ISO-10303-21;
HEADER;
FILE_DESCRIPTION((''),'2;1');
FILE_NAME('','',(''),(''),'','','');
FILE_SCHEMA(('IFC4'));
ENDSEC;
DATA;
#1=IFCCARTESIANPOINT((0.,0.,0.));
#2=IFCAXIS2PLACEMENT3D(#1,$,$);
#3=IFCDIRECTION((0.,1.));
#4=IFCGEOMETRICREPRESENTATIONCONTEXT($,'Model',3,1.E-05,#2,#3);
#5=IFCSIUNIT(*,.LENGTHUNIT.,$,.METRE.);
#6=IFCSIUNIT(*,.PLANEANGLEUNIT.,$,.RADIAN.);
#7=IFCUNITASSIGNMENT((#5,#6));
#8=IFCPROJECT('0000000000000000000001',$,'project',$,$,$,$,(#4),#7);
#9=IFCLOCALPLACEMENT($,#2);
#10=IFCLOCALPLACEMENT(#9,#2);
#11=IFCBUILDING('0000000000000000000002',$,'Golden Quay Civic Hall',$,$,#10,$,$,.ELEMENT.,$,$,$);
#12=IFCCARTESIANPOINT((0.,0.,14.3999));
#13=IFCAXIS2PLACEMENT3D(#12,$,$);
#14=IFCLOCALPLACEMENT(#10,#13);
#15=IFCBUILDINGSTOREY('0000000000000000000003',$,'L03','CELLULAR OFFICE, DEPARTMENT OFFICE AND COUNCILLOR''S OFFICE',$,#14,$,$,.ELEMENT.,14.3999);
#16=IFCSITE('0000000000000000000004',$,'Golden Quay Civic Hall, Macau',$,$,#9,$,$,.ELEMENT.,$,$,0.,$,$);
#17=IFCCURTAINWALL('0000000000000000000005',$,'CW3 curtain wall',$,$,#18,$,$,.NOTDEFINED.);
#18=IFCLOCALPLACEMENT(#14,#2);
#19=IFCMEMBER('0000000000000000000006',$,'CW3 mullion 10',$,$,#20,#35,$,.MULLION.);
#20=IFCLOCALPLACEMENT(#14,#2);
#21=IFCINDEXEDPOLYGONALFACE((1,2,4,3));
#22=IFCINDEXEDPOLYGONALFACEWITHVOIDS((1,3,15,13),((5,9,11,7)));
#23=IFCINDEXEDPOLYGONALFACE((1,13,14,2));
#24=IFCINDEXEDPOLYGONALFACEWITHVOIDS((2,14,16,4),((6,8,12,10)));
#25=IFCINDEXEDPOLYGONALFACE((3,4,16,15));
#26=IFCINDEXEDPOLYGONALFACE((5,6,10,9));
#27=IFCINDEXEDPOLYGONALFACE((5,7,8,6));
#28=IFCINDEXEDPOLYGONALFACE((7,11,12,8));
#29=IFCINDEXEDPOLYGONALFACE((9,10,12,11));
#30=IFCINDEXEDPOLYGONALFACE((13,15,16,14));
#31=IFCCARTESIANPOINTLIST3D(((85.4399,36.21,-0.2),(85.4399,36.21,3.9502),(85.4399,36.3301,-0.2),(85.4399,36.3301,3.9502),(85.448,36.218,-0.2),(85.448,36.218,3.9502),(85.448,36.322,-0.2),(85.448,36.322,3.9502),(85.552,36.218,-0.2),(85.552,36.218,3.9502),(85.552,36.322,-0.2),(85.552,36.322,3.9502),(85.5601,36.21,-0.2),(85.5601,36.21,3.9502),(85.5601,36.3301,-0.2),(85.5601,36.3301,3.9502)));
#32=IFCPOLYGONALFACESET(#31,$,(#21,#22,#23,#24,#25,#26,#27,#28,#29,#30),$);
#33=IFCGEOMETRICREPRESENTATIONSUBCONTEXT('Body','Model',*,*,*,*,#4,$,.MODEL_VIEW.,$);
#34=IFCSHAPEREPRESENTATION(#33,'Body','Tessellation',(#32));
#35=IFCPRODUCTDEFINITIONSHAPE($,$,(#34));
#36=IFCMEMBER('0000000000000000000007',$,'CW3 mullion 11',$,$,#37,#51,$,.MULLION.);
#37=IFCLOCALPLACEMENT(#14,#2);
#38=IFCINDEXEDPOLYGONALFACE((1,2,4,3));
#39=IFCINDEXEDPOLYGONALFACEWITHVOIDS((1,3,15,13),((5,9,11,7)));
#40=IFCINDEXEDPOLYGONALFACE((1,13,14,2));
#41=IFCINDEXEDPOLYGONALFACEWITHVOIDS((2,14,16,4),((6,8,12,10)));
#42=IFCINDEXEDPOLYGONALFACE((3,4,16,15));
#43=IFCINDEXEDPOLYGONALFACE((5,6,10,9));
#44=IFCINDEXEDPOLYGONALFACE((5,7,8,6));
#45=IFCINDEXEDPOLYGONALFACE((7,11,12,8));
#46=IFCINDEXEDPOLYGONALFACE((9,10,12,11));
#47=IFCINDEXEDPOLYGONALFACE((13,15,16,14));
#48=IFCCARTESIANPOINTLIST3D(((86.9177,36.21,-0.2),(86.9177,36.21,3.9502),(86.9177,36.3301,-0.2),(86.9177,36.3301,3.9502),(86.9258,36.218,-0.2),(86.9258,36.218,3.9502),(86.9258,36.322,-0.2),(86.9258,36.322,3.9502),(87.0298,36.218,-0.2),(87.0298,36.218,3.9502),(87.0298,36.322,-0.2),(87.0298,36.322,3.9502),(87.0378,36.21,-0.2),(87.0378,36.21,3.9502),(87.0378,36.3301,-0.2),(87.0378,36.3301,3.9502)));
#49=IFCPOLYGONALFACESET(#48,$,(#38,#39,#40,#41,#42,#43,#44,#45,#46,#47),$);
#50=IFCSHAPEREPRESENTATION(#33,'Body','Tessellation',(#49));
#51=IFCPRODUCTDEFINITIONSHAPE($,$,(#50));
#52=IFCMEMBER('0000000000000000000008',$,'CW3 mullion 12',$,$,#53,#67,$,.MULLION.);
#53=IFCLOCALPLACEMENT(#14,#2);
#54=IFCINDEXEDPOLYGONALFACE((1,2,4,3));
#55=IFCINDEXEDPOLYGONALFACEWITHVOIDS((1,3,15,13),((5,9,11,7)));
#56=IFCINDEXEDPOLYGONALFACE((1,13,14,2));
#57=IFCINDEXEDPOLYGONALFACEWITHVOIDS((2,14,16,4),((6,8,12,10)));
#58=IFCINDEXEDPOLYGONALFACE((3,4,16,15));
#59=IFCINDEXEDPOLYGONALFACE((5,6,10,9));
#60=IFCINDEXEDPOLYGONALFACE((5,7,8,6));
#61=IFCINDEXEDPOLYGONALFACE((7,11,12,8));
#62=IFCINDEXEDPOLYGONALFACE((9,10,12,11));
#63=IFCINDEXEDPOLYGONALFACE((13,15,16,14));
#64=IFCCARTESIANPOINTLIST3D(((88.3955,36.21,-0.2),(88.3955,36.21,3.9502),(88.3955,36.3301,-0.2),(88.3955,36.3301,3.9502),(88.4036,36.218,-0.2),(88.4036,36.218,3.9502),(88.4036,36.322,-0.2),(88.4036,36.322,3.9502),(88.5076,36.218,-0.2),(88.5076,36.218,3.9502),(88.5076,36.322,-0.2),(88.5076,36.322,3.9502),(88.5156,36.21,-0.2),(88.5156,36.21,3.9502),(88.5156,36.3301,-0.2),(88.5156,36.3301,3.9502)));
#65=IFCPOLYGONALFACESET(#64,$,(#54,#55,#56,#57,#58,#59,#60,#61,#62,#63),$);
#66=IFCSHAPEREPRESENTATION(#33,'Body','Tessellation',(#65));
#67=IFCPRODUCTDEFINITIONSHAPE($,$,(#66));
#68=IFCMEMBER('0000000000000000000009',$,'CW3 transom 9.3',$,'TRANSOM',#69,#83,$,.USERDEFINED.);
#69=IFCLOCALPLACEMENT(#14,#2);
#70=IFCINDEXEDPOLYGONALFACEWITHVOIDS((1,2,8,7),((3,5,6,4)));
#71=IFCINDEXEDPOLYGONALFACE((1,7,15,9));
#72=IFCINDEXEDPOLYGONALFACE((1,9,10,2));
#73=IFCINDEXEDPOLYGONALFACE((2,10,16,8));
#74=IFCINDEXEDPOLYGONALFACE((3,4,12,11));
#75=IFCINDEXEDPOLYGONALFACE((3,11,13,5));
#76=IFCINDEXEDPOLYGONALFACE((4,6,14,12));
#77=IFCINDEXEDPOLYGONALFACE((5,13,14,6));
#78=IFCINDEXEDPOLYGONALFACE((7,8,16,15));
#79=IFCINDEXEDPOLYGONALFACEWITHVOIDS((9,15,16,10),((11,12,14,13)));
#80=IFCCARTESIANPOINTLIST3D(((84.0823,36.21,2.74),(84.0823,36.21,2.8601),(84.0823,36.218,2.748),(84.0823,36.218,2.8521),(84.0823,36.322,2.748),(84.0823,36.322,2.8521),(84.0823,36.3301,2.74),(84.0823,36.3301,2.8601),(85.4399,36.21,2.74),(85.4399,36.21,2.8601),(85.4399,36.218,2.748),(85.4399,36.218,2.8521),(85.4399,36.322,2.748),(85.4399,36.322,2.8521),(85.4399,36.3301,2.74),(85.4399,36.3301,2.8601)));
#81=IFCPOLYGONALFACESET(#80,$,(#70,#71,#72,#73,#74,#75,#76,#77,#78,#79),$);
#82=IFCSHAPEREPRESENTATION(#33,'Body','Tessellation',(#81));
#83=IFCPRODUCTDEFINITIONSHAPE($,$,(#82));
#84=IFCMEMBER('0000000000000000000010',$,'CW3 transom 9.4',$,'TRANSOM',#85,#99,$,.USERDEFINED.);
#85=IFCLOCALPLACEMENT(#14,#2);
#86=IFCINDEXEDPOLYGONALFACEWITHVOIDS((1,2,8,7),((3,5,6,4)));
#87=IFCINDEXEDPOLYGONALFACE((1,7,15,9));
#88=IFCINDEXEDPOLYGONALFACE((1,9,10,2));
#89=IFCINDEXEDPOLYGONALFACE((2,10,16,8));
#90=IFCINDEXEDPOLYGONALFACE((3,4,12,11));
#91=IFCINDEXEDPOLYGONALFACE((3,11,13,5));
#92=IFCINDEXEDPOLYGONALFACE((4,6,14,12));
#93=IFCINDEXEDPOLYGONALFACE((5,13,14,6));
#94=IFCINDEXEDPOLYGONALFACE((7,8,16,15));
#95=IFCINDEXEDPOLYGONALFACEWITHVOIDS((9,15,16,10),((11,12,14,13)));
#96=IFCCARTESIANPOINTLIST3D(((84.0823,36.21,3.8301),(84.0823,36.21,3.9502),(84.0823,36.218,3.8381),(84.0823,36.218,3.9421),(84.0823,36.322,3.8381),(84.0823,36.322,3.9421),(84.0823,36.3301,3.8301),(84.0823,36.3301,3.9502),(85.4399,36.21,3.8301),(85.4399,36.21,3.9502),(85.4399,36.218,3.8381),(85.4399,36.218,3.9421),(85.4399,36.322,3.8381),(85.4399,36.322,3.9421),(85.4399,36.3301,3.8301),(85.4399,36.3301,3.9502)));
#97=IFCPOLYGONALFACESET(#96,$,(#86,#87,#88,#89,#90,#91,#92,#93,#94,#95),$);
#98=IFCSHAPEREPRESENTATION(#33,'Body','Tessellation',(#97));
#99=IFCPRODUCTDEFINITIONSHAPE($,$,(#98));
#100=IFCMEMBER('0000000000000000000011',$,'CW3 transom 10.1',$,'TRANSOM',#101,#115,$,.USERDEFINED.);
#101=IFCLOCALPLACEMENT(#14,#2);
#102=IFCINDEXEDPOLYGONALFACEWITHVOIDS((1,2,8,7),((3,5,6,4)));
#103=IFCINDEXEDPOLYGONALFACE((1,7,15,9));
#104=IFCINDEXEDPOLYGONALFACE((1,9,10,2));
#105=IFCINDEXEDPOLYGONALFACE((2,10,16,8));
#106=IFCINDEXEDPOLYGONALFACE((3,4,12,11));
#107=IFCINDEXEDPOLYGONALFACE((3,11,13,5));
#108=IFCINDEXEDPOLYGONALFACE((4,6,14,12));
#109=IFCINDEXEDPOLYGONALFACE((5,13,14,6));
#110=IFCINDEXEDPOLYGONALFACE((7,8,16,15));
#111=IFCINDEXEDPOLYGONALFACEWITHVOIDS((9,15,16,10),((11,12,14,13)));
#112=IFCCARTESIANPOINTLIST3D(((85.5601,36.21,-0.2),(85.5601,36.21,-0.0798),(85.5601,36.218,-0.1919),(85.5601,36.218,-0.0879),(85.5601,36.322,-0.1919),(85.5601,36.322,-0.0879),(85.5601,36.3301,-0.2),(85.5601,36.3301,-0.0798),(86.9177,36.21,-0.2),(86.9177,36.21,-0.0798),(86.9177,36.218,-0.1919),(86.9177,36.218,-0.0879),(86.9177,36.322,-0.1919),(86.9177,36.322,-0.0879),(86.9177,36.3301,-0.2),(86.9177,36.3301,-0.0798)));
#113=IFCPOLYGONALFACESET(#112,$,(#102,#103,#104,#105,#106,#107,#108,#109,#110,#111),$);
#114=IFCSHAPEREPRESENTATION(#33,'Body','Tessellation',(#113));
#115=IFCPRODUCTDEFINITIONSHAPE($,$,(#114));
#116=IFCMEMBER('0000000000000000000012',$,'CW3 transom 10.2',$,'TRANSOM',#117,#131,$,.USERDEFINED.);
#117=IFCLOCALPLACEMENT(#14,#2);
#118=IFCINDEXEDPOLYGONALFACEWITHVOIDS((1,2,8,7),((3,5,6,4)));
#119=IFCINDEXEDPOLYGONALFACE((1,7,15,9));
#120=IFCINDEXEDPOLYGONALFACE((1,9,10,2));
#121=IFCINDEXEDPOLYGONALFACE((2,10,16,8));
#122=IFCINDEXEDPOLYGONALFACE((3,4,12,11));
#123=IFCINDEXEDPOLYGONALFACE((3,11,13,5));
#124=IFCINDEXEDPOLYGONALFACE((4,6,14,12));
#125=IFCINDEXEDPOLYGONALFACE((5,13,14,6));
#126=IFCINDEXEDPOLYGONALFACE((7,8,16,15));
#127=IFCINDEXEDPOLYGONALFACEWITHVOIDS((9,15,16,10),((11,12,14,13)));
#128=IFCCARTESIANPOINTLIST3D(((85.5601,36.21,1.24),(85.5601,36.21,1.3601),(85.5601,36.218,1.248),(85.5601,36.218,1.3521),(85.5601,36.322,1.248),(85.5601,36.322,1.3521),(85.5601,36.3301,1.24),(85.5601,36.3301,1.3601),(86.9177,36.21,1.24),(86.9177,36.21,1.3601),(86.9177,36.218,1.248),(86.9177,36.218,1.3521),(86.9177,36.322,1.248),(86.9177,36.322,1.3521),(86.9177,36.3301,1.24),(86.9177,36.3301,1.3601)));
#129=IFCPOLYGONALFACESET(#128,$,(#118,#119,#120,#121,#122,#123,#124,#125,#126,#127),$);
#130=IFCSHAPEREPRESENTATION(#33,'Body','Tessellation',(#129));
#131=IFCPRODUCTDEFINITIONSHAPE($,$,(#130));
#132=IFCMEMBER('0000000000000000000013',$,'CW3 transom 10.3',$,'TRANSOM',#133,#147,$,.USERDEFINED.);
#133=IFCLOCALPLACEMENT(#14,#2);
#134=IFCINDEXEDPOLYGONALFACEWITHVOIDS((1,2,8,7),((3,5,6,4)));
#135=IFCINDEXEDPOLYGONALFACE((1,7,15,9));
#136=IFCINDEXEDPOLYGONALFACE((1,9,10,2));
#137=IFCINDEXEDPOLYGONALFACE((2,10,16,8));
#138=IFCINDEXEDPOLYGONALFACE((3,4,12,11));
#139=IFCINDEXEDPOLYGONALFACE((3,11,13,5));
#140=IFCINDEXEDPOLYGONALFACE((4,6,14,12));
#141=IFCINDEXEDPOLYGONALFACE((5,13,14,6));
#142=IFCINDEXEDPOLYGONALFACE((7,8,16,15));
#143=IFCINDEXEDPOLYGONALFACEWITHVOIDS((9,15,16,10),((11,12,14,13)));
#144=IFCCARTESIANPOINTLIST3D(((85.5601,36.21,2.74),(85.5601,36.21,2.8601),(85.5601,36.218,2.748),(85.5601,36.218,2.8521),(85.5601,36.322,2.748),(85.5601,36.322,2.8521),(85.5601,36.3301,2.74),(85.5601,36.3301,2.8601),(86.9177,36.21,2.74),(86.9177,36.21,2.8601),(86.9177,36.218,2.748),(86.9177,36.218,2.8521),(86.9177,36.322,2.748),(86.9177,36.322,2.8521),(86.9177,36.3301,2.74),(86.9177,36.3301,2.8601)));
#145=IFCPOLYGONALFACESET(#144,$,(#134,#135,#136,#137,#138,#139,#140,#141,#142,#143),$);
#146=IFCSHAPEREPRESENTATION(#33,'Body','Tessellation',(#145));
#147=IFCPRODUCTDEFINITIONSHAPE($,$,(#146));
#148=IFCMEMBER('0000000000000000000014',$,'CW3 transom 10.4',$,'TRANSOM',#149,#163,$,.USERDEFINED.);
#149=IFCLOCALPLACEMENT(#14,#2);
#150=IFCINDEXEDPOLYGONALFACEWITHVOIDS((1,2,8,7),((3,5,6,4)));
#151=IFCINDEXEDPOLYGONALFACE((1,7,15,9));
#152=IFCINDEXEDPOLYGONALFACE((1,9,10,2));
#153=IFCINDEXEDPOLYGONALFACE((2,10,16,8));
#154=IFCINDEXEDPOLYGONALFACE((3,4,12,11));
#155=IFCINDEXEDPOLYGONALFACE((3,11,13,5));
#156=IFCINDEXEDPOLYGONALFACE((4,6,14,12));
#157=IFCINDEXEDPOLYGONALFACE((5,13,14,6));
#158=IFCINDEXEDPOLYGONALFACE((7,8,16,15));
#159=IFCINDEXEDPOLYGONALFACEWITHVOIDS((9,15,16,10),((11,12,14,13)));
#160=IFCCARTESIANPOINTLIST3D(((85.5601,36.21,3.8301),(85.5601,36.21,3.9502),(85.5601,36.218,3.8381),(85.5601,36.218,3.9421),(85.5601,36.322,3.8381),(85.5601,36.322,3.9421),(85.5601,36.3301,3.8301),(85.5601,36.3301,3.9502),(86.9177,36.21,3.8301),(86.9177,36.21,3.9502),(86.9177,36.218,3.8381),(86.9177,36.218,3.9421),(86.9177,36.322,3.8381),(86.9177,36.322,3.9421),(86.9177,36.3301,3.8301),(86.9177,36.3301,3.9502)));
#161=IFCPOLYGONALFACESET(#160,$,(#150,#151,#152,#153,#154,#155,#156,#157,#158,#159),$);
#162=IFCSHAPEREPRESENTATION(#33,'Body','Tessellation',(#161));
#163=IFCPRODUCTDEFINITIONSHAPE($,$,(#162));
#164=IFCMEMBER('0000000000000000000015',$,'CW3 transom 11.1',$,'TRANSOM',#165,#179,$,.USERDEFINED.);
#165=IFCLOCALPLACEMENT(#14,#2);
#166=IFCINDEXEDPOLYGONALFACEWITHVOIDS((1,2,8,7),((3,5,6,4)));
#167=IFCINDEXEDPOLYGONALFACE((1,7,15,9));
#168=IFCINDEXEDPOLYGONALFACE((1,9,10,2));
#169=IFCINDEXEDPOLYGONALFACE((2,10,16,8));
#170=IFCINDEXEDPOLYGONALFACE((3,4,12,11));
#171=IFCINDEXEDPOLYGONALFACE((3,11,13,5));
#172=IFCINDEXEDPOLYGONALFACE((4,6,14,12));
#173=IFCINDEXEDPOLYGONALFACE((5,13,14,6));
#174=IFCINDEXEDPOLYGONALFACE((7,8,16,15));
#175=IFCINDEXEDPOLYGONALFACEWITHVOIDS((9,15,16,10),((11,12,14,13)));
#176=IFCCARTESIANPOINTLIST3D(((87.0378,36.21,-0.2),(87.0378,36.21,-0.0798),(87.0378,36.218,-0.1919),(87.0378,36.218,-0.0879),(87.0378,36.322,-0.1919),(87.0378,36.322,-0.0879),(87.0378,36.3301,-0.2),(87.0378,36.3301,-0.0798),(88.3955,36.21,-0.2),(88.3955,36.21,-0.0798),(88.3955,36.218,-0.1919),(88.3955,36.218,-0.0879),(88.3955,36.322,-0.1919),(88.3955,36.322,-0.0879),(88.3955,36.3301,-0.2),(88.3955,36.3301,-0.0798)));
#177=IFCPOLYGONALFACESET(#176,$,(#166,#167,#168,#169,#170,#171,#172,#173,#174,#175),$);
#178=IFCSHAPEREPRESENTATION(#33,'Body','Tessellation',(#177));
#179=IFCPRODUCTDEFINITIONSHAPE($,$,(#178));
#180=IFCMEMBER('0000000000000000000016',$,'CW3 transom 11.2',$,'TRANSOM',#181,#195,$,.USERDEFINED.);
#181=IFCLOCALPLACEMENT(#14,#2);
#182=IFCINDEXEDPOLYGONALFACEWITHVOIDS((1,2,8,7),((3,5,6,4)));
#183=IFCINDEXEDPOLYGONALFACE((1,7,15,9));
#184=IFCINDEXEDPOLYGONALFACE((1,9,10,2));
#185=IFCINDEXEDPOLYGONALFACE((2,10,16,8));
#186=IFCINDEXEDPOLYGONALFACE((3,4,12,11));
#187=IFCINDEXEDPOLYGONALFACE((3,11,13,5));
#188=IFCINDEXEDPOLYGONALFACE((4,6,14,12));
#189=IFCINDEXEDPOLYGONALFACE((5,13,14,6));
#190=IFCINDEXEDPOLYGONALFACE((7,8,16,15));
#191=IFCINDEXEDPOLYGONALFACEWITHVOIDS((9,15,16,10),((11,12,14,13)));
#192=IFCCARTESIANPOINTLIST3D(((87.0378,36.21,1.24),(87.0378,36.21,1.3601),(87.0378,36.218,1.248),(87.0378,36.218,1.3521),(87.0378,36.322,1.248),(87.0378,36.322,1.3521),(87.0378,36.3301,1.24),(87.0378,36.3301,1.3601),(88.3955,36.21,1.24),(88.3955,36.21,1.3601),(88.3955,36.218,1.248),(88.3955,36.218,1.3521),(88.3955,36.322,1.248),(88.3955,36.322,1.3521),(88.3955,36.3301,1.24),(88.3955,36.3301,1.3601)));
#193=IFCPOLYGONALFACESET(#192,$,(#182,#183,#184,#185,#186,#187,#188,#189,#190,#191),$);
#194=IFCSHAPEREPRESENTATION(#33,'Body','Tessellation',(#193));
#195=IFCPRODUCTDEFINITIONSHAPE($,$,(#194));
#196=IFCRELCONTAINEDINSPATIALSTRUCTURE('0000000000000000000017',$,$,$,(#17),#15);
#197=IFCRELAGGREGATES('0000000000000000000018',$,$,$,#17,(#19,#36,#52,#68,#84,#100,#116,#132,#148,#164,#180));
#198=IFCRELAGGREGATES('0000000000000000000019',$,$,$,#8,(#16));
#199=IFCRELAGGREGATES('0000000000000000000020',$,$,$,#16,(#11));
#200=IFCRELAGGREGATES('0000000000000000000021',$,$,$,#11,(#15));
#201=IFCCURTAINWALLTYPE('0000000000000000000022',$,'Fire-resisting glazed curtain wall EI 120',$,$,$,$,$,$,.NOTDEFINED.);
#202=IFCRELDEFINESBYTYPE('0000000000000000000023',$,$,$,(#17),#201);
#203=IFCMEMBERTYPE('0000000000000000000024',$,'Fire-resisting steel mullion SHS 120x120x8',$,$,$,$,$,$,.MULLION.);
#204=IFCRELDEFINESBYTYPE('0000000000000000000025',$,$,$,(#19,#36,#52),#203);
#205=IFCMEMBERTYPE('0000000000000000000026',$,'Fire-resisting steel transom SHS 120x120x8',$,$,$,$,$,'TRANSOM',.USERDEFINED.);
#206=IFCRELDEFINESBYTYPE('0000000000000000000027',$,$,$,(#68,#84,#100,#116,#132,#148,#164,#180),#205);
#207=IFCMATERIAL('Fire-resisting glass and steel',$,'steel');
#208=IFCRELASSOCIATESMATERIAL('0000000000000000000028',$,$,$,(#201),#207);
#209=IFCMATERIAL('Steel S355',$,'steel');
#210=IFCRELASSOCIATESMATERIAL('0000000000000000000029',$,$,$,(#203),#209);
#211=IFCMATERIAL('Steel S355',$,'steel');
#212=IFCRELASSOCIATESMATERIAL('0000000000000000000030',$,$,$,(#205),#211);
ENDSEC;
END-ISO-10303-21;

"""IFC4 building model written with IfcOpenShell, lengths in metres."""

from ifc_helpers import new_model, si_unit, direction, frame, origin, origin_2d, place, context, subcontext, project, spatial, hollow_rectangle, extrude, material, material_profile, profile_set, type_object, element, aggregate, save


model = new_model("IFC4")

# Units and contexts
model_context = context("Model", 3, precision=1e-05, world=origin(), true_north=direction((0.0, 1.0)))
body_context = subcontext(model_context, "Body", "Model", "MODEL_VIEW")
ifc_project = project(units=[si_unit("LENGTHUNIT", "METRE"), si_unit("PLANEANGLEUNIT", "RADIAN")], contexts=[model_context])

# Site, building, storey
site_placement = place(None, origin())
site = spatial("IfcSite", under=ifc_project, at=site_placement, Name="Golden Quay Civic Hall, Macau", CompositionType="ELEMENT", RefElevation=0.0)
building_placement = place(site_placement, origin())
building = spatial("IfcBuilding", under=site, at=building_placement, Name="Golden Quay Civic Hall", CompositionType="ELEMENT")
storey_placement = place(building_placement, frame((0.0, 0.0, 14.3999)))
storey = spatial("IfcBuildingStorey", under=building, at=storey_placement, Name="L03", Description="CELLULAR OFFICE, DEPARTMENT OFFICE AND COUNCILLOR'S OFFICE", CompositionType="ELEMENT", Elevation=14.3999)

# Curtain wall, members
ifc_material_1 = material(Name="Fire-resisting glass and steel", Category="steel")
curtain_wall_type = type_object("IfcCurtainWallType", Name="Fire-resisting glazed curtain wall EI 120", PredefinedType="NOTDEFINED", material=ifc_material_1)
curtain_wall_placement = place(storey_placement, origin())
curtain_wall = element("IfcCurtainWall", 1, at=curtain_wall_placement, inside=storey, type_object=curtain_wall_type, Name="CW3 curtain wall", PredefinedType="NOTDEFINED")
ifc_material_2 = material(Name="Steel S355", Category="steel")
ifc_material_profile_1 = material_profile(ifc_material_2, hollow_rectangle(XDim=0.1201, YDim=0.1201, WallThickness=0.0081, at=origin_2d()), Name="SHS 120x120x8")
ifc_profile_set_1 = profile_set([ifc_material_profile_1], Name="Steel S355")
member_type_1 = type_object("IfcMemberType", Name="Fire-resisting steel mullion SHS 120x120x8", PredefinedType="MULLION", material=ifc_profile_set_1)
member_1_placement = place(storey_placement, frame((85.5, 36.27, -0.2), z_axis=(0.0, 0.0, 1.0), x_axis=(0.0, 1.0, 0.0)))
member_1 = element("IfcMember", 2, at=member_1_placement, type_object=member_type_1, Name="CW3 mullion 10", PredefinedType="MULLION", context=body_context, shape_type="SweptSolid", body=[
    extrude(hollow_rectangle(XDim=0.1201, YDim=0.1201, WallThickness=0.0081, at=origin_2d()), origin(), (0.0, 0.0, 1.0), 4.1501),
])
member_2_placement = place(storey_placement, frame((86.9778, 36.27, -0.2), z_axis=(0.0, 0.0, 1.0), x_axis=(0.0, 1.0, 0.0)))
member_2 = element("IfcMember", 3, at=member_2_placement, type_object=member_type_1, Name="CW3 mullion 11", PredefinedType="MULLION", context=body_context, shape_type="SweptSolid", body=[
    extrude(hollow_rectangle(XDim=0.1201, YDim=0.1201, WallThickness=0.0081, at=origin_2d()), origin(), (0.0, 0.0, 1.0), 4.1501),
])
member_3_placement = place(storey_placement, frame((88.4556, 36.27, -0.2), z_axis=(0.0, 0.0, 1.0), x_axis=(0.0, 1.0, 0.0)))
member_3 = element("IfcMember", 4, at=member_3_placement, type_object=member_type_1, Name="CW3 mullion 12", PredefinedType="MULLION", context=body_context, shape_type="SweptSolid", body=[
    extrude(hollow_rectangle(XDim=0.1201, YDim=0.1201, WallThickness=0.0081, at=origin_2d()), origin(), (0.0, 0.0, 1.0), 4.1501),
])
ifc_material_3 = material(Name="Steel S355", Category="steel")
ifc_material_profile_2 = material_profile(ifc_material_3, hollow_rectangle(XDim=0.1201, YDim=0.1201, WallThickness=0.0081, at=origin_2d()), Name="SHS 120x120x8")
ifc_profile_set_2 = profile_set([ifc_material_profile_2], Name="Steel S355")
member_type_2 = type_object("IfcMemberType", Name="Fire-resisting steel transom SHS 120x120x8", ElementType="TRANSOM", PredefinedType="USERDEFINED", material=ifc_profile_set_2)
member_4_placement = place(storey_placement, frame((84.0823, 36.27, 2.8), z_axis=(1.0, 0.0, 0.0), x_axis=(0.0, 1.0, 0.0)))
member_4 = element("IfcMember", 5, at=member_4_placement, type_object=member_type_2, Name="CW3 transom 9.3", ObjectType="TRANSOM", PredefinedType="USERDEFINED", context=body_context, shape_type="SweptSolid", body=[
    extrude(hollow_rectangle(XDim=0.1201, YDim=0.1201, WallThickness=0.0081, at=origin_2d()), origin(), (0.0, 0.0, 1.0), 1.3577),
])
member_5_placement = place(storey_placement, frame((84.0823, 36.27, 3.8901), z_axis=(1.0, 0.0, 0.0), x_axis=(0.0, 1.0, 0.0)))
member_5 = element("IfcMember", 6, at=member_5_placement, type_object=member_type_2, Name="CW3 transom 9.4", ObjectType="TRANSOM", PredefinedType="USERDEFINED", context=body_context, shape_type="SweptSolid", body=[
    extrude(hollow_rectangle(XDim=0.1201, YDim=0.1201, WallThickness=0.0081, at=origin_2d()), origin(), (0.0, 0.0, 1.0), 1.3577),
])
member_6_placement = place(storey_placement, frame((85.5601, 36.27, -0.1399), z_axis=(1.0, 0.0, 0.0), x_axis=(0.0, 1.0, 0.0)))
member_6 = element("IfcMember", 7, at=member_6_placement, type_object=member_type_2, Name="CW3 transom 10.1", ObjectType="TRANSOM", PredefinedType="USERDEFINED", context=body_context, shape_type="SweptSolid", body=[
    extrude(hollow_rectangle(XDim=0.1201, YDim=0.1201, WallThickness=0.0081, at=origin_2d()), origin(), (0.0, 0.0, 1.0), 1.3577),
])
member_7_placement = place(storey_placement, frame((85.5601, 36.27, 1.3), z_axis=(1.0, 0.0, 0.0), x_axis=(0.0, 1.0, 0.0)))
member_7 = element("IfcMember", 8, at=member_7_placement, type_object=member_type_2, Name="CW3 transom 10.2", ObjectType="TRANSOM", PredefinedType="USERDEFINED", context=body_context, shape_type="SweptSolid", body=[
    extrude(hollow_rectangle(XDim=0.1201, YDim=0.1201, WallThickness=0.0081, at=origin_2d()), origin(), (0.0, 0.0, 1.0), 1.3577),
])
member_8_placement = place(storey_placement, frame((85.5601, 36.27, 2.8), z_axis=(1.0, 0.0, 0.0), x_axis=(0.0, 1.0, 0.0)))
member_8 = element("IfcMember", 9, at=member_8_placement, type_object=member_type_2, Name="CW3 transom 10.3", ObjectType="TRANSOM", PredefinedType="USERDEFINED", context=body_context, shape_type="SweptSolid", body=[
    extrude(hollow_rectangle(XDim=0.1201, YDim=0.1201, WallThickness=0.0081, at=origin_2d()), origin(), (0.0, 0.0, 1.0), 1.3577),
])
member_9_placement = place(storey_placement, frame((85.5601, 36.27, 3.8901), z_axis=(1.0, 0.0, 0.0), x_axis=(0.0, 1.0, 0.0)))
member_9 = element("IfcMember", 10, at=member_9_placement, type_object=member_type_2, Name="CW3 transom 10.4", ObjectType="TRANSOM", PredefinedType="USERDEFINED", context=body_context, shape_type="SweptSolid", body=[
    extrude(hollow_rectangle(XDim=0.1201, YDim=0.1201, WallThickness=0.0081, at=origin_2d()), origin(), (0.0, 0.0, 1.0), 1.3577),
])
member_10_placement = place(storey_placement, frame((87.0378, 36.27, -0.1399), z_axis=(1.0, 0.0, 0.0), x_axis=(0.0, 1.0, 0.0)))
member_10 = element("IfcMember", 11, at=member_10_placement, type_object=member_type_2, Name="CW3 transom 11.1", ObjectType="TRANSOM", PredefinedType="USERDEFINED", context=body_context, shape_type="SweptSolid", body=[
    extrude(hollow_rectangle(XDim=0.1201, YDim=0.1201, WallThickness=0.0081, at=origin_2d()), origin(), (0.0, 0.0, 1.0), 1.3577),
])
member_11_placement = place(storey_placement, frame((87.0378, 36.27, 1.3), z_axis=(1.0, 0.0, 0.0), x_axis=(0.0, 1.0, 0.0)))
member_11 = element("IfcMember", 12, at=member_11_placement, type_object=member_type_2, Name="CW3 transom 11.2", ObjectType="TRANSOM", PredefinedType="USERDEFINED", context=body_context, shape_type="SweptSolid", body=[
    extrude(hollow_rectangle(XDim=0.1201, YDim=0.1201, WallThickness=0.0081, at=origin_2d()), origin(), (0.0, 0.0, 1.0), 1.3577),
])
aggregate(curtain_wall, [member_1, member_2, member_3, member_4, member_5, member_6, member_7, member_8, member_9, member_10, member_11])

save(model, "model.ifc")
